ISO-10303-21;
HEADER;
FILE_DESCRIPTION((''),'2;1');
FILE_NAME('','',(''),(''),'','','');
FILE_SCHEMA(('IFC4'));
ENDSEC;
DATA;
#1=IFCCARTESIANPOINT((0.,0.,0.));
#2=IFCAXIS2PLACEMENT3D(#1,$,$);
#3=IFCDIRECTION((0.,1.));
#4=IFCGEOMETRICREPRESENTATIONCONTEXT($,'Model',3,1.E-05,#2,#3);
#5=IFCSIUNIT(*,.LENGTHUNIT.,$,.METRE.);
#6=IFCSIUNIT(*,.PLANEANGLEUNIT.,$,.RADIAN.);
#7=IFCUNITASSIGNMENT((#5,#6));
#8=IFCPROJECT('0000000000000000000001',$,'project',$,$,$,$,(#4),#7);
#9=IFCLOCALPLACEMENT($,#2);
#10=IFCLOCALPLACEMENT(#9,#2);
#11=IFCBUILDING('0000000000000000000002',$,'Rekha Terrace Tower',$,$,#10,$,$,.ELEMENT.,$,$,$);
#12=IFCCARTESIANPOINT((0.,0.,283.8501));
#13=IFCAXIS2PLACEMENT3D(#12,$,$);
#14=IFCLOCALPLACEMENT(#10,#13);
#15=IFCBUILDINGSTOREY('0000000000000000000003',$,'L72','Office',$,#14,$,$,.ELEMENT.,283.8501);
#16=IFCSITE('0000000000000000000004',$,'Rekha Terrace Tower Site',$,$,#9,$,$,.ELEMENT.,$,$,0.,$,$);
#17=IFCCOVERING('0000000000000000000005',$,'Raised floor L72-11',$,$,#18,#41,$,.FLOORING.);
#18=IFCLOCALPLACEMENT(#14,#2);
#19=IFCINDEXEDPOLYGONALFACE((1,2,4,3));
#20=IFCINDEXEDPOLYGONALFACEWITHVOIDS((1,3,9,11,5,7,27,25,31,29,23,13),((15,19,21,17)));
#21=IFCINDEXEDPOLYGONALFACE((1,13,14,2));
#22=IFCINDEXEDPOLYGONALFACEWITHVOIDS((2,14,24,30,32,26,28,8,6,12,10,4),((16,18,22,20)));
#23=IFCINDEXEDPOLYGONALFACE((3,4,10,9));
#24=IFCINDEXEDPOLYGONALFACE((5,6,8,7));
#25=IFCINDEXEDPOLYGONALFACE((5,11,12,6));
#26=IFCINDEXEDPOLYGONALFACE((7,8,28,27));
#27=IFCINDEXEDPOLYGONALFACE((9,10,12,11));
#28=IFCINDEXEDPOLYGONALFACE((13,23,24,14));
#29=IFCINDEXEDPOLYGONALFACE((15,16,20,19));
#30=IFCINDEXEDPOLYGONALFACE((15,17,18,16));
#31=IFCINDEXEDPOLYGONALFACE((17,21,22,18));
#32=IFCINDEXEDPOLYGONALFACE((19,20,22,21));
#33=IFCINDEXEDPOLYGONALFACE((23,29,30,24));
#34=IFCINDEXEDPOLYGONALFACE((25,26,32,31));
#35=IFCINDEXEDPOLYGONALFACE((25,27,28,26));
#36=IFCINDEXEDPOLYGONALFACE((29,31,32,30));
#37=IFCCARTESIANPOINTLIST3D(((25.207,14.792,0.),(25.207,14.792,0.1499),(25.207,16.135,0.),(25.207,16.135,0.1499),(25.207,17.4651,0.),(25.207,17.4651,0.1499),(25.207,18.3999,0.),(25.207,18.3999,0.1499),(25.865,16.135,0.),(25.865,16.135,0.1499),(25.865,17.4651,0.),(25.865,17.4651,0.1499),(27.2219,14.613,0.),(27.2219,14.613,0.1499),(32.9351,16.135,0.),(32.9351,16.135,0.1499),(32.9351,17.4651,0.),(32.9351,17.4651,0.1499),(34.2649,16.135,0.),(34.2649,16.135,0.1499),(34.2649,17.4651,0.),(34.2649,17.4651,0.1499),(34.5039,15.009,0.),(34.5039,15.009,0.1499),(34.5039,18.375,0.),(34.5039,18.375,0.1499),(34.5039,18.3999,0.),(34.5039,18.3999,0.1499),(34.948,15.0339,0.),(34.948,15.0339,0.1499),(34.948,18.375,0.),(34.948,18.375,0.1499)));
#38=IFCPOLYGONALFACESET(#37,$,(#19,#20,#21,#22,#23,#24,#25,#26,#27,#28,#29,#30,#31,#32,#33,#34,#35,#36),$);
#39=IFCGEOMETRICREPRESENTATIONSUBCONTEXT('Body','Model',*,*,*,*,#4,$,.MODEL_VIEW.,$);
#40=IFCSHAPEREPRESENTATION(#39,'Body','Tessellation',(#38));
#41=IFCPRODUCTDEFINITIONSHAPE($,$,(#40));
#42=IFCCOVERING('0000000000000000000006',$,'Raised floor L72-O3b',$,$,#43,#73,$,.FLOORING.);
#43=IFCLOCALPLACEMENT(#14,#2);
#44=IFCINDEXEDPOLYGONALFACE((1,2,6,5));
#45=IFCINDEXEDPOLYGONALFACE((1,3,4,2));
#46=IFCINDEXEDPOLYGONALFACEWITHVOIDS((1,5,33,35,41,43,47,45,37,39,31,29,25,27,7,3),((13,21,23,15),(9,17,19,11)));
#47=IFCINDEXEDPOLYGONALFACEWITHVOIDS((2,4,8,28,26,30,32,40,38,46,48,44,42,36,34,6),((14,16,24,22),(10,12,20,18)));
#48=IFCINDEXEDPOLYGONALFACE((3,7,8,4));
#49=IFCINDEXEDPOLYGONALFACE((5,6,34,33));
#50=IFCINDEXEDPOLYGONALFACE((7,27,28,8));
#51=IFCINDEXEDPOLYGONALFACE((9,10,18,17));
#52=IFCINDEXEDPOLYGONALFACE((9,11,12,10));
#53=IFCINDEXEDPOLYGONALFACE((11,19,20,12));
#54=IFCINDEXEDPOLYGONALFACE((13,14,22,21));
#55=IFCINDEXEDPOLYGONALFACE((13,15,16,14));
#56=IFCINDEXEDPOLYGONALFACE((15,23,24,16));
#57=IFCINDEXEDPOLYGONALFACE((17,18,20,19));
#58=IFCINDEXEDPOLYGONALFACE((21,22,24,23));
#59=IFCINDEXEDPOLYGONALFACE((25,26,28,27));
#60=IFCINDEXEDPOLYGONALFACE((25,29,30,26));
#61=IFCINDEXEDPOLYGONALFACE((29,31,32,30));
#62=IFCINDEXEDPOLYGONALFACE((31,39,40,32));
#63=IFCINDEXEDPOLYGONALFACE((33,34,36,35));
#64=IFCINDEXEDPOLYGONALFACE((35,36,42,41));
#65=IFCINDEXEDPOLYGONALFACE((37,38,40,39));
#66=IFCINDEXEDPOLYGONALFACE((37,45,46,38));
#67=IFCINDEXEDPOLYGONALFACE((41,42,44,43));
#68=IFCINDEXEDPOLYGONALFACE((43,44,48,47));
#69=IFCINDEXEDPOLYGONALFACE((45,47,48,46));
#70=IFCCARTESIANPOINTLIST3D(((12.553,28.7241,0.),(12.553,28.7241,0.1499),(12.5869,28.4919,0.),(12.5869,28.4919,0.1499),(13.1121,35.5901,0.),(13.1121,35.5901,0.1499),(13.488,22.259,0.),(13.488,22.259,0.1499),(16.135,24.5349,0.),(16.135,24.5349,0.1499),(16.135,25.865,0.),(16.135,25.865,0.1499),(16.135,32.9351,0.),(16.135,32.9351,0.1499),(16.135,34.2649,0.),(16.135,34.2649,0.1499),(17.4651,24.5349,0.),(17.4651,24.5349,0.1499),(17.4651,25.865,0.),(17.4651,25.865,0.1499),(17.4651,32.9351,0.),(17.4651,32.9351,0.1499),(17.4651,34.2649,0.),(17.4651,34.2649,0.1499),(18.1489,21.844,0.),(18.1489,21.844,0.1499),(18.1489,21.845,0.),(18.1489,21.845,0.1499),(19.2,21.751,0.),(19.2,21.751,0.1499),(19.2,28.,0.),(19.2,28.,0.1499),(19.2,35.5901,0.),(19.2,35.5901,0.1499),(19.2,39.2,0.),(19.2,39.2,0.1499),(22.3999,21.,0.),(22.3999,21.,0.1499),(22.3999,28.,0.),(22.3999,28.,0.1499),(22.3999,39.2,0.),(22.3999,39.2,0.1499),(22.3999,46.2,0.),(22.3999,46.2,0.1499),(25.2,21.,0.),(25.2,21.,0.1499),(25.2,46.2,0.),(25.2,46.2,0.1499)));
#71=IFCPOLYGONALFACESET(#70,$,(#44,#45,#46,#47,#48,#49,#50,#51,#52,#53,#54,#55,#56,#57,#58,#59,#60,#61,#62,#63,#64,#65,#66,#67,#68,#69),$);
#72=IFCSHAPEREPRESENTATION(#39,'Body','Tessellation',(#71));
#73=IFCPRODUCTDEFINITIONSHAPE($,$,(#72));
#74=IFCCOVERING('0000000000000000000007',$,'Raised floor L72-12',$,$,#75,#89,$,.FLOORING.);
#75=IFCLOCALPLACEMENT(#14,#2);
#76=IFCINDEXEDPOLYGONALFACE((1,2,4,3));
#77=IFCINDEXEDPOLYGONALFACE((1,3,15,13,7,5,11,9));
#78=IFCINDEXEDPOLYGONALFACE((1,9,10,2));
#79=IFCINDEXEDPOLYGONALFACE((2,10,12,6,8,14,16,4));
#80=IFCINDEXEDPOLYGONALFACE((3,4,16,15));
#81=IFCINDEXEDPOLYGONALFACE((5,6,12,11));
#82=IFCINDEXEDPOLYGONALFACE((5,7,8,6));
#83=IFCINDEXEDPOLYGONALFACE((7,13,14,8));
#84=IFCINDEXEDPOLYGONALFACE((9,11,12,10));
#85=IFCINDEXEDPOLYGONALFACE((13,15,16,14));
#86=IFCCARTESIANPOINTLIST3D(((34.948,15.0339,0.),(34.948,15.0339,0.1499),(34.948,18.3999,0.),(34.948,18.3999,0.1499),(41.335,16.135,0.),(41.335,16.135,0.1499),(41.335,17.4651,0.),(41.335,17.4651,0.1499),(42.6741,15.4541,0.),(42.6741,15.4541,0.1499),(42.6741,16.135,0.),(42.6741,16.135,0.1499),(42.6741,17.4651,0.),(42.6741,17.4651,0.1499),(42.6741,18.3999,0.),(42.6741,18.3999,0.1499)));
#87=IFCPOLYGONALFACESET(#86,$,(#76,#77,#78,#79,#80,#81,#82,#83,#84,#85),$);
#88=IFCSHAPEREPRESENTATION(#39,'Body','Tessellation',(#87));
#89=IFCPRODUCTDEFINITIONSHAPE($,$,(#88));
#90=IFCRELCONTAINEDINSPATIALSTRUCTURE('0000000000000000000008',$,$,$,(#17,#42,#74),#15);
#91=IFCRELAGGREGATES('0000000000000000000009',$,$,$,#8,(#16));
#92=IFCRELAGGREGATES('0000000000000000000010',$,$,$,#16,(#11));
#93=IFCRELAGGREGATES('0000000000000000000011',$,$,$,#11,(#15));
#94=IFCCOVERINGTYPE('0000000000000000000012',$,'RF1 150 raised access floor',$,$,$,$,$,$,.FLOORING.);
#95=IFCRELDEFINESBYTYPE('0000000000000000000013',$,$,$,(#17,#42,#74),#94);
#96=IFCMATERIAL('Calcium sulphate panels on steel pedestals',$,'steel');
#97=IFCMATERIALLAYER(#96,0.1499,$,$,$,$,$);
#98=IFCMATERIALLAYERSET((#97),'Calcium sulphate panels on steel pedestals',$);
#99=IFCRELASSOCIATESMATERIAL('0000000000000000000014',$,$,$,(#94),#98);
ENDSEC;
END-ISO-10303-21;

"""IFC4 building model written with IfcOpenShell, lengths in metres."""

from ifc_helpers import new_model, si_unit, direction, frame, origin, place, context, subcontext, project, spatial, polyline, outline, extrude, material, layer, layer_set, type_object, element, save


model = new_model("IFC4")

# Units and contexts
model_context = context("Model", 3, precision=1e-05, world=origin(), true_north=direction((0.0, 1.0)))
body_context = subcontext(model_context, "Body", "Model", "MODEL_VIEW")
ifc_project = project(units=[si_unit("LENGTHUNIT", "METRE"), si_unit("PLANEANGLEUNIT", "RADIAN")], contexts=[model_context])

# Site, building, storey
site_placement = place(None, origin())
site = spatial("IfcSite", under=ifc_project, at=site_placement, Name="Rekha Terrace Tower Site", CompositionType="ELEMENT", RefElevation=0.0)
building_placement = place(site_placement, origin())
building = spatial("IfcBuilding", under=site, at=building_placement, Name="Rekha Terrace Tower", CompositionType="ELEMENT")
storey_placement = place(building_placement, frame((0.0, 0.0, 283.8501)))
storey = spatial("IfcBuildingStorey", under=building, at=storey_placement, Name="L72", Description="Office", CompositionType="ELEMENT", Elevation=283.8501)

# Coverings
ifc_material_1 = material(Name="Calcium sulphate panels on steel pedestals", Category="steel")
ifc_layer_1 = layer(ifc_material_1, 0.1499)
ifc_layer_set_1 = layer_set([ifc_layer_1], Name="Calcium sulphate panels on steel pedestals")
covering_type_1 = type_object("IfcCoveringType", Name="RF1 150 raised access floor", PredefinedType="FLOORING", material=ifc_layer_set_1)
covering_1_placement = place(storey_placement, origin())
element("IfcCovering", 1, at=covering_1_placement, inside=storey, type_object=covering_type_1, Name="Raised floor L72-11", PredefinedType="FLOORING", context=body_context, shape_type="SweptSolid", body=[
    extrude(outline(polyline([(34.5039, 15.009), (34.948, 15.0339), (34.948, 18.375), (34.5039, 18.375), (34.5039, 18.3999), (25.207, 18.3999), (25.207, 17.4651), (25.865, 17.4651), (25.865, 16.135), (25.207, 16.135), (25.207, 14.792), (27.2219, 14.613), (34.5039, 15.009)]), holes=[polyline([(34.2649, 16.135), (32.9351, 16.135), (32.9351, 17.4651), (34.2649, 17.4651), (34.2649, 16.135)])]), origin(), (0.0, 0.0, 1.0), 0.1499),
])
covering_2_placement = place(storey_placement, origin())
element("IfcCovering", 2, at=covering_2_placement, inside=storey, type_object=covering_type_1, Name="Raised floor L72-O3b", PredefinedType="FLOORING", context=body_context, shape_type="SweptSolid", body=[
    extrude(outline(polyline([(12.553, 28.7241), (12.5869, 28.4919), (13.488, 22.259), (18.1489, 21.845), (18.1489, 21.844), (19.2, 21.751), (19.2, 28.0), (22.3999, 28.0), (22.3999, 21.0), (25.2, 21.0), (25.2, 46.2), (22.3999, 46.2), (22.3999, 39.2), (19.2, 39.2), (19.2, 35.5901), (13.1121, 35.5901), (12.553, 28.7241)]), holes=[polyline([(17.4651, 25.865), (17.4651, 24.5349), (16.135, 24.5349), (16.135, 25.865), (17.4651, 25.865)]), polyline([(17.4651, 34.2649), (17.4651, 32.9351), (16.135, 32.9351), (16.135, 34.2649), (17.4651, 34.2649)])]), origin(), (0.0, 0.0, 1.0), 0.1499),
])
covering_3_placement = place(storey_placement, origin())
element("IfcCovering", 3, at=covering_3_placement, inside=storey, type_object=covering_type_1, Name="Raised floor L72-12", PredefinedType="FLOORING", context=body_context, shape_type="SweptSolid", body=[
    extrude(outline(polyline([(42.6741, 18.3999), (34.948, 18.3999), (34.948, 15.0339), (42.6741, 15.4541), (42.6741, 16.135), (41.335, 16.135), (41.335, 17.4651), (42.6741, 17.4651), (42.6741, 18.3999)])), origin(), (0.0, 0.0, 1.0), 0.1499),
])

save(model, "model.ifc")
